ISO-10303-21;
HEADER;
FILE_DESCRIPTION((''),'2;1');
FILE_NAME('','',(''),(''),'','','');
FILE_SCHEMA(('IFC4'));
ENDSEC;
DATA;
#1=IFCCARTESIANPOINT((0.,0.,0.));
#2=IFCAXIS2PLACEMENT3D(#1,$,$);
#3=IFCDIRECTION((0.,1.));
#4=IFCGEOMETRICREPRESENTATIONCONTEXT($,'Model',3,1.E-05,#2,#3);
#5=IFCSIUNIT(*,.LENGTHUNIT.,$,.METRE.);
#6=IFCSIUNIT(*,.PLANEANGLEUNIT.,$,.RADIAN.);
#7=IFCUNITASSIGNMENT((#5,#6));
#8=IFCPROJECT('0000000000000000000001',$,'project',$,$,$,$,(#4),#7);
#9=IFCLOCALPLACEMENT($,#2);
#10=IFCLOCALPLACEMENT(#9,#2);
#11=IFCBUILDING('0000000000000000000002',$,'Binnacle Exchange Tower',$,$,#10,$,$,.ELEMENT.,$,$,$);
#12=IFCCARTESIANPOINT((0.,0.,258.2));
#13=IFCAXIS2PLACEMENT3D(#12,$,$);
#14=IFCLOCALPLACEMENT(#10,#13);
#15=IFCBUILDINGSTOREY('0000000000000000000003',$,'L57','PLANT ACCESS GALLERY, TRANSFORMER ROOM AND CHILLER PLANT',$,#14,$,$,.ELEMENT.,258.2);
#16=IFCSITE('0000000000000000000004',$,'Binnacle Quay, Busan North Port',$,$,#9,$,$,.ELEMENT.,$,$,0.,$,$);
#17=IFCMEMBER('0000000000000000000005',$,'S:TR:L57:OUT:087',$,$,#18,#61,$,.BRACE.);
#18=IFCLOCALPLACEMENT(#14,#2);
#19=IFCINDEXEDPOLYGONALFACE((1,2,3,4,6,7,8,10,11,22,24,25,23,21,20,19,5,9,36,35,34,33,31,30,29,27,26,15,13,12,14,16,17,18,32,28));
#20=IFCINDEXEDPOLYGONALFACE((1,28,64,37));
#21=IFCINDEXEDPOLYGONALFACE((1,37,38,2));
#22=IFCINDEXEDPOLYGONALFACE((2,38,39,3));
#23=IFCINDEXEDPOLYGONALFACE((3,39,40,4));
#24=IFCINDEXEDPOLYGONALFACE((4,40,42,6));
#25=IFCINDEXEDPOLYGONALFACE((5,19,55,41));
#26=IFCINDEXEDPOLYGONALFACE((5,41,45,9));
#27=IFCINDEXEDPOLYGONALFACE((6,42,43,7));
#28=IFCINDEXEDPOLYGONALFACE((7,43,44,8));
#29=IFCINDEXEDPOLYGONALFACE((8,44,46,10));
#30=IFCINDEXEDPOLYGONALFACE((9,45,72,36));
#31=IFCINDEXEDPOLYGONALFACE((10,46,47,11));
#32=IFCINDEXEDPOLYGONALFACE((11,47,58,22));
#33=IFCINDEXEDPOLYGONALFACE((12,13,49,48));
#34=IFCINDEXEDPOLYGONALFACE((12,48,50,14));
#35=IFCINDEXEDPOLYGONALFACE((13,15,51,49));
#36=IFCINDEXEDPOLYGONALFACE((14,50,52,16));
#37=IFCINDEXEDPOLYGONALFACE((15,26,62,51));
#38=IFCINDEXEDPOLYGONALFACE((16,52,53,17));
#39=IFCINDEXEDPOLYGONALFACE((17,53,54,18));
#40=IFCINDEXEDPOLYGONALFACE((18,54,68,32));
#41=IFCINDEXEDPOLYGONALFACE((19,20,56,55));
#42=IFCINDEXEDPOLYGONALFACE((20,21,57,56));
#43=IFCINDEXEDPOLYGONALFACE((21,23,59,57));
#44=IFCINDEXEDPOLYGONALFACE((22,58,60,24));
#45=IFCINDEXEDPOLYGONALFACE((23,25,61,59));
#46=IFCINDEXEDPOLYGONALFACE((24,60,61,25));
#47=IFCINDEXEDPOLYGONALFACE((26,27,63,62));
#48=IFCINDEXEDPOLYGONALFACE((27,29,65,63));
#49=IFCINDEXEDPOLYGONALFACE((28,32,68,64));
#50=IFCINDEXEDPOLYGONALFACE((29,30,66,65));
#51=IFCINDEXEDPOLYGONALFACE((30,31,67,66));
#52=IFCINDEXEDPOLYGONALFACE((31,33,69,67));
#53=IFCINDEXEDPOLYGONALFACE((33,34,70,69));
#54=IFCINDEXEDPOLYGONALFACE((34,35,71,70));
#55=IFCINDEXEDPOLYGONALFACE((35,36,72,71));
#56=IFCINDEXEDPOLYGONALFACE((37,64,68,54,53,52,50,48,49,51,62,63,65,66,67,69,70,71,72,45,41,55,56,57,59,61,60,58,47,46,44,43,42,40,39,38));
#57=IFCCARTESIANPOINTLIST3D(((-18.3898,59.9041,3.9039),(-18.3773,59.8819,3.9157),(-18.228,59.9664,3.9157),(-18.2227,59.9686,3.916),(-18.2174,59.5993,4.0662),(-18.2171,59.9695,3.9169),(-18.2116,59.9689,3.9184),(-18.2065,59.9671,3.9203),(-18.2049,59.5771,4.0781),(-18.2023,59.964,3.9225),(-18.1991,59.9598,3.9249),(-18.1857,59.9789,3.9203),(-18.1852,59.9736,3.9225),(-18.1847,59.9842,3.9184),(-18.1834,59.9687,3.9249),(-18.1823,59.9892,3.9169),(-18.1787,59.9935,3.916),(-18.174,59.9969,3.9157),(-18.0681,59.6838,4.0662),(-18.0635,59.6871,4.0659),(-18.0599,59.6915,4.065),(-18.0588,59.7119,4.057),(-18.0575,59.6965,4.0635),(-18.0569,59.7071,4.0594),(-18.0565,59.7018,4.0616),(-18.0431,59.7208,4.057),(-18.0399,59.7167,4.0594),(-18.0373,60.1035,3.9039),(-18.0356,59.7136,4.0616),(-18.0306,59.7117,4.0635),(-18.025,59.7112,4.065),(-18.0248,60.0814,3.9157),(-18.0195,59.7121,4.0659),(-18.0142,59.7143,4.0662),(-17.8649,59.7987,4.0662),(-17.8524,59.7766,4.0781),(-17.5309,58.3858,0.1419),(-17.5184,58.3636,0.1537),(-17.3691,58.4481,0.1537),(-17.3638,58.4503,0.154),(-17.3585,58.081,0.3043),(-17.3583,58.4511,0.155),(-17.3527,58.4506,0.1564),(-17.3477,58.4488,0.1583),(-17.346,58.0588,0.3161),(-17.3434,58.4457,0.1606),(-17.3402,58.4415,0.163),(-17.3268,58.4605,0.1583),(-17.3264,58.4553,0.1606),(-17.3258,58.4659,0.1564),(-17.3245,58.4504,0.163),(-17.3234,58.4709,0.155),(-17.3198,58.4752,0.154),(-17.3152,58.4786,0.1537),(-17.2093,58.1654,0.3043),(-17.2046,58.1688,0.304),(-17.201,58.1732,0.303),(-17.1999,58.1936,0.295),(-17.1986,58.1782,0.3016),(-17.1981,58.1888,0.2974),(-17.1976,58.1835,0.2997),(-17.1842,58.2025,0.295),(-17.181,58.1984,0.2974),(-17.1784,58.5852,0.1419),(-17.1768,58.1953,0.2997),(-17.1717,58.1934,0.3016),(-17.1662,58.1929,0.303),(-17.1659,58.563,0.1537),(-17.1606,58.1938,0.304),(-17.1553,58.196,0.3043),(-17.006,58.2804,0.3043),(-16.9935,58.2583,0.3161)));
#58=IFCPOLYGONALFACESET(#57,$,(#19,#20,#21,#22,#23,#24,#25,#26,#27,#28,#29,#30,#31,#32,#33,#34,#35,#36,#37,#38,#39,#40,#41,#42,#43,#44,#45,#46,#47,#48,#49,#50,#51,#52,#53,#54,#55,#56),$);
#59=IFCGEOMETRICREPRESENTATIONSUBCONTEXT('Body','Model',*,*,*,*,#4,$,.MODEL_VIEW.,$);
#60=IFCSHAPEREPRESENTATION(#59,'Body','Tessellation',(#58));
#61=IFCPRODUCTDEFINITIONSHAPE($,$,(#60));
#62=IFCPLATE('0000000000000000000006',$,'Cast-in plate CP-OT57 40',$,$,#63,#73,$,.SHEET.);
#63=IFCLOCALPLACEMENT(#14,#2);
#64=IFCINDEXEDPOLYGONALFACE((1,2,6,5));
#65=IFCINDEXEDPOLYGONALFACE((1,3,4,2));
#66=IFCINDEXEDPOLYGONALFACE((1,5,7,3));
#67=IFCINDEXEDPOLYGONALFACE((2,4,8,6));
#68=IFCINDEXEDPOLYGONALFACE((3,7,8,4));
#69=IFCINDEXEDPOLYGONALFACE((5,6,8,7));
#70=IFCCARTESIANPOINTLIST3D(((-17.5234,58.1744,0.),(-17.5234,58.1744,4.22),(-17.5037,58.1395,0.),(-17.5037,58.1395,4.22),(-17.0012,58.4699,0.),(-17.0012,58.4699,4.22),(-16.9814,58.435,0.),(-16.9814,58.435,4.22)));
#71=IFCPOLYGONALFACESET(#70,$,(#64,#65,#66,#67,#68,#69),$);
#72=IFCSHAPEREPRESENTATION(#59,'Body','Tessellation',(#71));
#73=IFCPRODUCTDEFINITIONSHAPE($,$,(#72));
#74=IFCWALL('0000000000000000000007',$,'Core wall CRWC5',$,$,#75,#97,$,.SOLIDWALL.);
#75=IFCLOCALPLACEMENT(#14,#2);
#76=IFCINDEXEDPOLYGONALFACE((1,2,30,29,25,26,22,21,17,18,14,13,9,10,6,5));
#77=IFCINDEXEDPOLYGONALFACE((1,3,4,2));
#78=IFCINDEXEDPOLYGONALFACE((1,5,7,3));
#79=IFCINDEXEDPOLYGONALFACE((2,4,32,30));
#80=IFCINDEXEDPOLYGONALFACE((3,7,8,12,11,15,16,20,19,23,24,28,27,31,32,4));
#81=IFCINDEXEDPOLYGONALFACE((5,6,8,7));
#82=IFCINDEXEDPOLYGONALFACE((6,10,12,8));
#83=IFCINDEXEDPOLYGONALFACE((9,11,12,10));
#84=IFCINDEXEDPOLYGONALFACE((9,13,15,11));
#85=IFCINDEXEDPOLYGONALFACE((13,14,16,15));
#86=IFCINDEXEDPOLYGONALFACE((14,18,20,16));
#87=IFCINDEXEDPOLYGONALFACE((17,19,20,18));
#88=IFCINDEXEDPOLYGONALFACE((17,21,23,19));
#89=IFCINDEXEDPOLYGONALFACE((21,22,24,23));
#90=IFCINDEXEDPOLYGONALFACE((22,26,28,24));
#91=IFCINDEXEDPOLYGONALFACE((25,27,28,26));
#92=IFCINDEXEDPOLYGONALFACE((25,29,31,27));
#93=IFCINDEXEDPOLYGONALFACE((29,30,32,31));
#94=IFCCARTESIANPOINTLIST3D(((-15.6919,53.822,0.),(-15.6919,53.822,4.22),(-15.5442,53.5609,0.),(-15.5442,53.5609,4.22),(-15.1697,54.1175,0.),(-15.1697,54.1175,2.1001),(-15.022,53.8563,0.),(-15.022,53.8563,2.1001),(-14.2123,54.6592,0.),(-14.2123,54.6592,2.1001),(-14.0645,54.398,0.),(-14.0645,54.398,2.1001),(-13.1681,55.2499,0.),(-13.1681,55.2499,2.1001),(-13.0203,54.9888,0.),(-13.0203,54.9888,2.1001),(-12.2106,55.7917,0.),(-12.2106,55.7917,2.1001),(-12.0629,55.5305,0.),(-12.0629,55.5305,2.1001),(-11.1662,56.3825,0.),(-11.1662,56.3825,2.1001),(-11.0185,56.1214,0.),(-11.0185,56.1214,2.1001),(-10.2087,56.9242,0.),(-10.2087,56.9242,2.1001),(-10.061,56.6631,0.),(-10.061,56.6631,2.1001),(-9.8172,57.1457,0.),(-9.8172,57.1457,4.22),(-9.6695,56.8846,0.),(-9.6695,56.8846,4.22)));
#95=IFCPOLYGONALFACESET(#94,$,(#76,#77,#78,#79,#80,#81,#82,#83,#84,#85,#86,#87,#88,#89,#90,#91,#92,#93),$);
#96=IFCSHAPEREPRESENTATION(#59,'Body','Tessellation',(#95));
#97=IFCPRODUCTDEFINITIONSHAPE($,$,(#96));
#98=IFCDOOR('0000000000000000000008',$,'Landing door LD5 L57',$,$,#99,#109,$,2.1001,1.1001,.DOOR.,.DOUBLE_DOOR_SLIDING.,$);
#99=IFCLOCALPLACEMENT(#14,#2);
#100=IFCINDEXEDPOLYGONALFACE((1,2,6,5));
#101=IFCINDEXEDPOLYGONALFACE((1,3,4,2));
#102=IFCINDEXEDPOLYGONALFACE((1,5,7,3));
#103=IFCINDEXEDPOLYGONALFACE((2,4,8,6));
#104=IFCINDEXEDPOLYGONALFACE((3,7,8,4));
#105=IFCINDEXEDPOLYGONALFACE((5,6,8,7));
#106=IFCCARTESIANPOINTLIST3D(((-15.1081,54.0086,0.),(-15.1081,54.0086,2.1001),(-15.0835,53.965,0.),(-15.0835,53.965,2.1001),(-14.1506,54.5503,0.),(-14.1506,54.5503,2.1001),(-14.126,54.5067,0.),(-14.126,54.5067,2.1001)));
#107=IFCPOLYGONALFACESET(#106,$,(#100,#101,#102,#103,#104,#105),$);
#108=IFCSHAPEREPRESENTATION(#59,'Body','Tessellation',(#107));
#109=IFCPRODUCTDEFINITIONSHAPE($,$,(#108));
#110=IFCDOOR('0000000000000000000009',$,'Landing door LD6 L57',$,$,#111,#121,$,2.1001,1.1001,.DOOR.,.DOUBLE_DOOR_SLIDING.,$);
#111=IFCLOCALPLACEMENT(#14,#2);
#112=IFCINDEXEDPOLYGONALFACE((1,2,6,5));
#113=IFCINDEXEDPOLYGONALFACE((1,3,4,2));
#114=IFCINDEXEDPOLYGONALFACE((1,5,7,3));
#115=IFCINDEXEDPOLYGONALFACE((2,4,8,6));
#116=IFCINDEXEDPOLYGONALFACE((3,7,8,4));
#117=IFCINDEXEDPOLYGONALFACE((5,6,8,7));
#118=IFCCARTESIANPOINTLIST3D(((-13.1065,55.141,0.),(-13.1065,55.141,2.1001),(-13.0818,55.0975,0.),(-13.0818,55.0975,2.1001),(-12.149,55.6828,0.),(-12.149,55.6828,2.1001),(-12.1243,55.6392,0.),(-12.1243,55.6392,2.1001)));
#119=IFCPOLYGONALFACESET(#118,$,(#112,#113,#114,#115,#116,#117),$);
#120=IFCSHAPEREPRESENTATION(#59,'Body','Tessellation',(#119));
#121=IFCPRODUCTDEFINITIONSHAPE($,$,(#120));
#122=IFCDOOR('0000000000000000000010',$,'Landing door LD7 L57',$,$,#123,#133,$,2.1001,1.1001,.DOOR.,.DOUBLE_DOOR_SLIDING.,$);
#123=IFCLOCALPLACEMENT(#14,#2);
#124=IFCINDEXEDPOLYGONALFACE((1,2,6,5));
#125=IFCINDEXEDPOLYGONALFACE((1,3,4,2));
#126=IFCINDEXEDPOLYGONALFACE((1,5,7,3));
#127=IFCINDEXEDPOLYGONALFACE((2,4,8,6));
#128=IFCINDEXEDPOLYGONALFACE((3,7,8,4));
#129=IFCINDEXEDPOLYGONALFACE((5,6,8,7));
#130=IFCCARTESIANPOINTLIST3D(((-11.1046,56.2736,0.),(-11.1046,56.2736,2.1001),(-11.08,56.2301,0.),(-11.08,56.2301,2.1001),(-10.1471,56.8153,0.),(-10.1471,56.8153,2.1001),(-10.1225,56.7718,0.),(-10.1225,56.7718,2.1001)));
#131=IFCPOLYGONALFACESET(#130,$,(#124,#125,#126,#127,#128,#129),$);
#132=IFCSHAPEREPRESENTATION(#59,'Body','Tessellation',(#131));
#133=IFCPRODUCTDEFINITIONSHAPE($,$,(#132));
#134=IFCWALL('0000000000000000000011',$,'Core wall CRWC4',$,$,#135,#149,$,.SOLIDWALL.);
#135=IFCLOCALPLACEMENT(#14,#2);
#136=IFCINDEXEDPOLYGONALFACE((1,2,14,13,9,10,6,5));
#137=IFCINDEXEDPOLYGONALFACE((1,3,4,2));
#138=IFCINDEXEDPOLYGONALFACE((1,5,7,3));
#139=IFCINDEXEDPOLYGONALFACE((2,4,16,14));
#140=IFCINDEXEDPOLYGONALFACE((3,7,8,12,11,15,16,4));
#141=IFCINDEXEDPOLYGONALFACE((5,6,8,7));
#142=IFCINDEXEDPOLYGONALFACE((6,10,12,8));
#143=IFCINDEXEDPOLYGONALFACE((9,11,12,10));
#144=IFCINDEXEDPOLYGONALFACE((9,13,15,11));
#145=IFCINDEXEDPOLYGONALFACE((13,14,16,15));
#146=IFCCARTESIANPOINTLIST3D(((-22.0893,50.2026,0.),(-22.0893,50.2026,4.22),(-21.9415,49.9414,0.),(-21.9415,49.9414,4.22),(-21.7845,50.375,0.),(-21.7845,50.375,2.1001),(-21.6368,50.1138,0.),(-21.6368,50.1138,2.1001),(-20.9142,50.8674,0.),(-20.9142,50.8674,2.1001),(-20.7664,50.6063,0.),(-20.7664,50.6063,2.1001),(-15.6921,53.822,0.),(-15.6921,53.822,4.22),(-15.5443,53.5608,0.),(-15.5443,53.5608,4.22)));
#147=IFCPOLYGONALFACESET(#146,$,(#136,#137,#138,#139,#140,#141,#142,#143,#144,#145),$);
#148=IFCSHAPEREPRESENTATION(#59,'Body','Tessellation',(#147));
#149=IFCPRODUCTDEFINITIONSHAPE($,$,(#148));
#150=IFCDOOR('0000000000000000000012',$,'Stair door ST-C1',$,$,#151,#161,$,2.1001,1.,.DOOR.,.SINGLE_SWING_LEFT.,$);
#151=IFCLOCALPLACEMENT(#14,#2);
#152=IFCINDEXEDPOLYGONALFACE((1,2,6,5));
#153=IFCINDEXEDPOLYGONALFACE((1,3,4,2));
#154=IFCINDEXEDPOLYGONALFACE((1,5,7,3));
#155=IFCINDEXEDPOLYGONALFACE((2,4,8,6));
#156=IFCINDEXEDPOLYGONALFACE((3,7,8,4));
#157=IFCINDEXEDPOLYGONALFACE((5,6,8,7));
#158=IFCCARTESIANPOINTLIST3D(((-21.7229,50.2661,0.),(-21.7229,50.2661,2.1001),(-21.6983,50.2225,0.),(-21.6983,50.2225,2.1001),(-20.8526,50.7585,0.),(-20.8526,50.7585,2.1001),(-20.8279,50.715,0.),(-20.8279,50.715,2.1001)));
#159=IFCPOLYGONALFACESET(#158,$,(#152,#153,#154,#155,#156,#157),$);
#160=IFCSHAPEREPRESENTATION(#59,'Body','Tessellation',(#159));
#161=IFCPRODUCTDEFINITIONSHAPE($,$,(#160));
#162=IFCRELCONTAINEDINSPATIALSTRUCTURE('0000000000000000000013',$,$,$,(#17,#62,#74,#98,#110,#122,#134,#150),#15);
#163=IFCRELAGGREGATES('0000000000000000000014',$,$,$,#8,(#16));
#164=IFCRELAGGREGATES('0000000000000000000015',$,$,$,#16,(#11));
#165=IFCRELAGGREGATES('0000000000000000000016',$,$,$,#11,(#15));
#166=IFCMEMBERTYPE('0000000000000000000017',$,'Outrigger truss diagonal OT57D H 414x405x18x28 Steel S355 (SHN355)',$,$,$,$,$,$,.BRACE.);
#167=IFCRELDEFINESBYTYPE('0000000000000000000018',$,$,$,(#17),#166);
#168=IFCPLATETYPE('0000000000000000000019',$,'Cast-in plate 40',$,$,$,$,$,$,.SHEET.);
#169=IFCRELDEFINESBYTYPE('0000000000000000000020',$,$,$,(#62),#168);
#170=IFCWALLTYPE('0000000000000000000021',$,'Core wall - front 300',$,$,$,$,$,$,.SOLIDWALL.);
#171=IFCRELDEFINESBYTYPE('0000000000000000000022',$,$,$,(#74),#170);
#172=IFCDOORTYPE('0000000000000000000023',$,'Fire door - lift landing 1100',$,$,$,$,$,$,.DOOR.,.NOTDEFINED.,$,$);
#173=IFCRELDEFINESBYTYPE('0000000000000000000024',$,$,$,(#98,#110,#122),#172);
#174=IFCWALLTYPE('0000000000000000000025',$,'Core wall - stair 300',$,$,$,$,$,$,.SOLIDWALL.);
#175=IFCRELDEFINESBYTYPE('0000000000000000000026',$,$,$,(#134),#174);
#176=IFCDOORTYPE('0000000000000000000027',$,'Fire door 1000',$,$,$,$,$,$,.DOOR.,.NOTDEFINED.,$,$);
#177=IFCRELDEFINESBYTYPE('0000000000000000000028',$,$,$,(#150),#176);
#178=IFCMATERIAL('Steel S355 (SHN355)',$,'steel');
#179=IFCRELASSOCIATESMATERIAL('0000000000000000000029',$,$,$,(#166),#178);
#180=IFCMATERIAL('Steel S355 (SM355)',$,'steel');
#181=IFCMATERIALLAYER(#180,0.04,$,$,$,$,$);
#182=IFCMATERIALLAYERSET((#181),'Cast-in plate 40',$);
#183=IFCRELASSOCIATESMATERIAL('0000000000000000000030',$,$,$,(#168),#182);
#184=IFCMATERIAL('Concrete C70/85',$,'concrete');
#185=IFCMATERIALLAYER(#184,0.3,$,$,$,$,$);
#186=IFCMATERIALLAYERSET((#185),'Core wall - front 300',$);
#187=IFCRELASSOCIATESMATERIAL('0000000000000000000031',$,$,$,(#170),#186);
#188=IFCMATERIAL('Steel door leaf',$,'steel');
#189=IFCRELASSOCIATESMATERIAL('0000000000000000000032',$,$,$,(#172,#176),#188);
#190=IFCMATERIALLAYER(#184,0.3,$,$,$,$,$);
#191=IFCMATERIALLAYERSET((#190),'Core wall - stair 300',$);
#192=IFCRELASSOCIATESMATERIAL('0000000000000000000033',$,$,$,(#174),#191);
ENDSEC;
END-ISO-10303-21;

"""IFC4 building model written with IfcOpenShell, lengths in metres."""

from ifc_helpers import new_model, si_unit, direction, frame, frame_2d, origin, origin_2d, place, context, subcontext, project, spatial, rectangle, i_section, extrude, material, layer, layer_set, material_profile, profile_set, type_object, element, fill, save


model = new_model("IFC4")

# Units and contexts
model_context = context("Model", 3, precision=1e-05, world=origin(), true_north=direction((0.0, 1.0)))
body_context = subcontext(model_context, "Body", "Model", "MODEL_VIEW")
ifc_project = project(units=[si_unit("LENGTHUNIT", "METRE"), si_unit("PLANEANGLEUNIT", "RADIAN")], contexts=[model_context])

# Site, building, storey
site_placement = place(None, origin())
site = spatial("IfcSite", under=ifc_project, at=site_placement, Name="Binnacle Quay, Busan North Port", CompositionType="ELEMENT", RefElevation=0.0)
building_placement = place(site_placement, origin())
building = spatial("IfcBuilding", under=site, at=building_placement, Name="Binnacle Exchange Tower", CompositionType="ELEMENT")
storey_placement = place(building_placement, frame((0.0, 0.0, 258.2)))
storey = spatial("IfcBuildingStorey", under=building, at=storey_placement, Name="L57", Description="PLANT ACCESS GALLERY, TRANSFORMER ROOM AND CHILLER PLANT", CompositionType="ELEMENT", Elevation=258.2)

# Shared definitions
ifc_material_1 = material(Name="Steel S355 (SHN355)", Category="steel")

# Member
ifc_material_profile_1 = material_profile(ifc_material_1, i_section(OverallWidth=0.405, OverallDepth=0.4141, WebThickness=0.0181, FlangeThickness=0.0281, FilletRadius=0.022, at=origin_2d()), Name="H 414x405x18x28")
ifc_profile_set_1 = profile_set([ifc_material_profile_1], Name="Steel S355 (SHN355)")
member_type_1 = type_object("IfcMemberType", Name="Outrigger truss diagonal OT57D H 414x405x18x28 Steel S355 (SHN355)", PredefinedType="BRACE", material=ifc_profile_set_1)
member_1_placement = place(storey_placement, frame((-18.1211, 59.8403, 3.991), z_axis=(0.207124, -0.366147, -0.907213), x_axis=(0.870388, 0.492366, 0.0)))
element("IfcMember", 1, at=member_1_placement, inside=storey, type_object=member_type_1, Name="S:TR:L57:OUT:087", PredefinedType="BRACE", context=body_context, shape_type="SweptSolid", body=[
    extrude(i_section(OverallWidth=0.405, OverallDepth=0.4141, WebThickness=0.0181, FlangeThickness=0.0281, FilletRadius=0.022, at=origin_2d()), origin(), (0.0, 0.0, 1.0), 4.1467),
])

# Plate
ifc_material_2 = material(Name="Steel S355 (SM355)", Category="steel")
ifc_layer_1 = layer(ifc_material_2, 0.04)
ifc_layer_set_1 = layer_set([ifc_layer_1], Name="Cast-in plate 40")
plate_type = type_object("IfcPlateType", Name="Cast-in plate 40", PredefinedType="SHEET", material=ifc_layer_set_1)
plate_placement = place(storey_placement, frame((-17.2524, 58.3047, 0.0), z_axis=(0.0, 0.0, 1.0), x_axis=(0.492424, -0.870356, 0.0)))
element("IfcPlate", 2, at=plate_placement, inside=storey, type_object=plate_type, Name="Cast-in plate CP-OT57 40", PredefinedType="SHEET", context=body_context, shape_type="SweptSolid", body=[
    extrude(rectangle(XDim=0.04, YDim=0.6001, at=origin_2d()), origin(), (0.0, 0.0, 1.0), 4.22),
])

# Wall, openings, doors
ifc_material_3 = material(Name="Concrete C70/85", Category="concrete")
ifc_layer_2 = layer(ifc_material_3, 0.3)
ifc_layer_set_2 = layer_set([ifc_layer_2], Name="Core wall - front 300")
wall_type_1 = type_object("IfcWallType", Name="Core wall - front 300", PredefinedType="SOLIDWALL", material=ifc_layer_set_2)
wall_1_placement = place(storey_placement, frame((-15.6182, 53.6914, 0.0), z_axis=(0.0, 0.0, 1.0), x_axis=(0.870359, 0.492418, 0.0)))
wall_1 = element("IfcWall", 3, at=wall_1_placement, inside=storey, type_object=wall_type_1, Name="Core wall CRWC5", PredefinedType="SOLIDWALL", context=body_context, shape_type="SweptSolid", body=[
    extrude(rectangle(XDim=6.7498, YDim=0.3, at=frame_2d((3.375, 0.0))), origin(), (0.0, 0.0, 1.0), 4.22),
])
opening_1_placement = place(wall_1_placement, frame((0.6001, 0.0, 0.0)))
opening_1 = element("IfcOpeningElement", 4, at=opening_1_placement, cuts=wall_1, PredefinedType="OPENING", context=body_context, shape_type="SweptSolid", body=[
    extrude(rectangle(XDim=1.1001, YDim=2.1001, at=frame_2d((0.55, 1.05))), frame((0.0, 0.1599, 0.0), z_axis=(0.0, -1.0, 0.0), x_axis=(1.0, 0.0, 0.0)), (0.0, 0.0, 1.0), 0.3201),
])
opening_2_placement = place(wall_1_placement, frame((2.8999, 0.0, 0.0)))
opening_2 = element("IfcOpeningElement", 5, at=opening_2_placement, cuts=wall_1, PredefinedType="OPENING", context=body_context, shape_type="SweptSolid", body=[
    extrude(rectangle(XDim=1.1001, YDim=2.1001, at=frame_2d((0.55, 1.05))), frame((0.0, 0.1599, 0.0), z_axis=(0.0, -1.0, 0.0), x_axis=(1.0, 0.0, 0.0)), (0.0, 0.0, 1.0), 0.3201),
])
opening_3_placement = place(wall_1_placement, frame((5.2, 0.0, 0.0)))
opening_3 = element("IfcOpeningElement", 6, at=opening_3_placement, cuts=wall_1, PredefinedType="OPENING", context=body_context, shape_type="SweptSolid", body=[
    extrude(rectangle(XDim=1.1001, YDim=2.1001, at=frame_2d((0.55, 1.05))), frame((0.0, 0.1599, 0.0), z_axis=(0.0, -1.0, 0.0), x_axis=(1.0, 0.0, 0.0)), (0.0, 0.0, 1.0), 0.3201),
])
ifc_material_4 = material(Name="Steel door leaf", Category="steel")
door_type_1 = type_object("IfcDoorType", Name="Fire door - lift landing 1100", OperationType="NOTDEFINED", PredefinedType="DOOR", material=ifc_material_4)
door_1_placement = place(opening_1_placement, origin())
door_1 = element("IfcDoor", 7, at=door_1_placement, inside=storey, type_object=door_type_1, Name="Landing door LD5 L57", OperationType="DOUBLE_DOOR_SLIDING", OverallHeight=2.1001, OverallWidth=1.1001, PredefinedType="DOOR", context=body_context, shape_type="SweptSolid", body=[
    extrude(rectangle(XDim=1.1001, YDim=2.1001, at=frame_2d((0.55, 1.05))), frame((0.0, 0.0249, 0.0), z_axis=(0.0, -1.0, 0.0), x_axis=(1.0, 0.0, 0.0)), (0.0, 0.0, 1.0), 0.05),
])
fill(opening_1, door_1)
door_2_placement = place(opening_2_placement, origin())
door_2 = element("IfcDoor", 8, at=door_2_placement, inside=storey, type_object=door_type_1, Name="Landing door LD6 L57", OperationType="DOUBLE_DOOR_SLIDING", OverallHeight=2.1001, OverallWidth=1.1001, PredefinedType="DOOR", context=body_context, shape_type="SweptSolid", body=[
    extrude(rectangle(XDim=1.1001, YDim=2.1001, at=frame_2d((0.55, 1.05))), frame((0.0, 0.0249, 0.0), z_axis=(0.0, -1.0, 0.0), x_axis=(1.0, 0.0, 0.0)), (0.0, 0.0, 1.0), 0.05),
])
fill(opening_2, door_2)
door_3_placement = place(opening_3_placement, origin())
door_3 = element("IfcDoor", 9, at=door_3_placement, inside=storey, type_object=door_type_1, Name="Landing door LD7 L57", OperationType="DOUBLE_DOOR_SLIDING", OverallHeight=2.1001, OverallWidth=1.1001, PredefinedType="DOOR", context=body_context, shape_type="SweptSolid", body=[
    extrude(rectangle(XDim=1.1001, YDim=2.1001, at=frame_2d((0.55, 1.05))), frame((0.0, 0.0249, 0.0), z_axis=(0.0, -1.0, 0.0), x_axis=(1.0, 0.0, 0.0)), (0.0, 0.0, 1.0), 0.05),
])
fill(opening_3, door_3)

# Wall, opening, door
ifc_layer_3 = layer(ifc_material_3, 0.3)
ifc_layer_set_3 = layer_set([ifc_layer_3], Name="Core wall - stair 300")
wall_type_2 = type_object("IfcWallType", Name="Core wall - stair 300", PredefinedType="SOLIDWALL", material=ifc_layer_set_3)
wall_2_placement = place(storey_placement, frame((-22.0154, 50.072, 0.0), z_axis=(0.0, 0.0, 1.0), x_axis=(0.870355, 0.492425, 0.0)))
wall_2 = element("IfcWall", 10, at=wall_2_placement, inside=storey, type_object=wall_type_2, Name="Core wall CRWC4", PredefinedType="SOLIDWALL", context=body_context, shape_type="SweptSolid", body=[
    extrude(rectangle(XDim=7.3501, YDim=0.3, at=frame_2d((3.675, 0.0))), origin(), (0.0, 0.0, 1.0), 4.22),
])
opening_4_placement = place(wall_2_placement, frame((0.3501, 0.0, 0.0)))
opening_4 = element("IfcOpeningElement", 11, at=opening_4_placement, cuts=wall_2, PredefinedType="OPENING", context=body_context, shape_type="SweptSolid", body=[
    extrude(rectangle(XDim=1.0, YDim=2.1001, at=frame_2d((0.5, 1.05))), frame((0.0, 0.1599, 0.0), z_axis=(0.0, -1.0, 0.0), x_axis=(1.0, 0.0, 0.0)), (0.0, 0.0, 1.0), 0.3201),
])
door_type_2 = type_object("IfcDoorType", Name="Fire door 1000", OperationType="NOTDEFINED", PredefinedType="DOOR", material=ifc_material_4)
door_4_placement = place(opening_4_placement, origin())
door_4 = element("IfcDoor", 12, at=door_4_placement, inside=storey, type_object=door_type_2, Name="Stair door ST-C1", OperationType="SINGLE_SWING_LEFT", OverallHeight=2.1001, OverallWidth=1.0, PredefinedType="DOOR", context=body_context, shape_type="SweptSolid", body=[
    extrude(rectangle(XDim=1.0, YDim=2.1001, at=frame_2d((0.5, 1.05))), frame((0.0, 0.0249, 0.0), z_axis=(0.0, -1.0, 0.0), x_axis=(1.0, 0.0, 0.0)), (0.0, 0.0, 1.0), 0.05),
])
fill(opening_4, door_4)

save(model, "model.ifc")
